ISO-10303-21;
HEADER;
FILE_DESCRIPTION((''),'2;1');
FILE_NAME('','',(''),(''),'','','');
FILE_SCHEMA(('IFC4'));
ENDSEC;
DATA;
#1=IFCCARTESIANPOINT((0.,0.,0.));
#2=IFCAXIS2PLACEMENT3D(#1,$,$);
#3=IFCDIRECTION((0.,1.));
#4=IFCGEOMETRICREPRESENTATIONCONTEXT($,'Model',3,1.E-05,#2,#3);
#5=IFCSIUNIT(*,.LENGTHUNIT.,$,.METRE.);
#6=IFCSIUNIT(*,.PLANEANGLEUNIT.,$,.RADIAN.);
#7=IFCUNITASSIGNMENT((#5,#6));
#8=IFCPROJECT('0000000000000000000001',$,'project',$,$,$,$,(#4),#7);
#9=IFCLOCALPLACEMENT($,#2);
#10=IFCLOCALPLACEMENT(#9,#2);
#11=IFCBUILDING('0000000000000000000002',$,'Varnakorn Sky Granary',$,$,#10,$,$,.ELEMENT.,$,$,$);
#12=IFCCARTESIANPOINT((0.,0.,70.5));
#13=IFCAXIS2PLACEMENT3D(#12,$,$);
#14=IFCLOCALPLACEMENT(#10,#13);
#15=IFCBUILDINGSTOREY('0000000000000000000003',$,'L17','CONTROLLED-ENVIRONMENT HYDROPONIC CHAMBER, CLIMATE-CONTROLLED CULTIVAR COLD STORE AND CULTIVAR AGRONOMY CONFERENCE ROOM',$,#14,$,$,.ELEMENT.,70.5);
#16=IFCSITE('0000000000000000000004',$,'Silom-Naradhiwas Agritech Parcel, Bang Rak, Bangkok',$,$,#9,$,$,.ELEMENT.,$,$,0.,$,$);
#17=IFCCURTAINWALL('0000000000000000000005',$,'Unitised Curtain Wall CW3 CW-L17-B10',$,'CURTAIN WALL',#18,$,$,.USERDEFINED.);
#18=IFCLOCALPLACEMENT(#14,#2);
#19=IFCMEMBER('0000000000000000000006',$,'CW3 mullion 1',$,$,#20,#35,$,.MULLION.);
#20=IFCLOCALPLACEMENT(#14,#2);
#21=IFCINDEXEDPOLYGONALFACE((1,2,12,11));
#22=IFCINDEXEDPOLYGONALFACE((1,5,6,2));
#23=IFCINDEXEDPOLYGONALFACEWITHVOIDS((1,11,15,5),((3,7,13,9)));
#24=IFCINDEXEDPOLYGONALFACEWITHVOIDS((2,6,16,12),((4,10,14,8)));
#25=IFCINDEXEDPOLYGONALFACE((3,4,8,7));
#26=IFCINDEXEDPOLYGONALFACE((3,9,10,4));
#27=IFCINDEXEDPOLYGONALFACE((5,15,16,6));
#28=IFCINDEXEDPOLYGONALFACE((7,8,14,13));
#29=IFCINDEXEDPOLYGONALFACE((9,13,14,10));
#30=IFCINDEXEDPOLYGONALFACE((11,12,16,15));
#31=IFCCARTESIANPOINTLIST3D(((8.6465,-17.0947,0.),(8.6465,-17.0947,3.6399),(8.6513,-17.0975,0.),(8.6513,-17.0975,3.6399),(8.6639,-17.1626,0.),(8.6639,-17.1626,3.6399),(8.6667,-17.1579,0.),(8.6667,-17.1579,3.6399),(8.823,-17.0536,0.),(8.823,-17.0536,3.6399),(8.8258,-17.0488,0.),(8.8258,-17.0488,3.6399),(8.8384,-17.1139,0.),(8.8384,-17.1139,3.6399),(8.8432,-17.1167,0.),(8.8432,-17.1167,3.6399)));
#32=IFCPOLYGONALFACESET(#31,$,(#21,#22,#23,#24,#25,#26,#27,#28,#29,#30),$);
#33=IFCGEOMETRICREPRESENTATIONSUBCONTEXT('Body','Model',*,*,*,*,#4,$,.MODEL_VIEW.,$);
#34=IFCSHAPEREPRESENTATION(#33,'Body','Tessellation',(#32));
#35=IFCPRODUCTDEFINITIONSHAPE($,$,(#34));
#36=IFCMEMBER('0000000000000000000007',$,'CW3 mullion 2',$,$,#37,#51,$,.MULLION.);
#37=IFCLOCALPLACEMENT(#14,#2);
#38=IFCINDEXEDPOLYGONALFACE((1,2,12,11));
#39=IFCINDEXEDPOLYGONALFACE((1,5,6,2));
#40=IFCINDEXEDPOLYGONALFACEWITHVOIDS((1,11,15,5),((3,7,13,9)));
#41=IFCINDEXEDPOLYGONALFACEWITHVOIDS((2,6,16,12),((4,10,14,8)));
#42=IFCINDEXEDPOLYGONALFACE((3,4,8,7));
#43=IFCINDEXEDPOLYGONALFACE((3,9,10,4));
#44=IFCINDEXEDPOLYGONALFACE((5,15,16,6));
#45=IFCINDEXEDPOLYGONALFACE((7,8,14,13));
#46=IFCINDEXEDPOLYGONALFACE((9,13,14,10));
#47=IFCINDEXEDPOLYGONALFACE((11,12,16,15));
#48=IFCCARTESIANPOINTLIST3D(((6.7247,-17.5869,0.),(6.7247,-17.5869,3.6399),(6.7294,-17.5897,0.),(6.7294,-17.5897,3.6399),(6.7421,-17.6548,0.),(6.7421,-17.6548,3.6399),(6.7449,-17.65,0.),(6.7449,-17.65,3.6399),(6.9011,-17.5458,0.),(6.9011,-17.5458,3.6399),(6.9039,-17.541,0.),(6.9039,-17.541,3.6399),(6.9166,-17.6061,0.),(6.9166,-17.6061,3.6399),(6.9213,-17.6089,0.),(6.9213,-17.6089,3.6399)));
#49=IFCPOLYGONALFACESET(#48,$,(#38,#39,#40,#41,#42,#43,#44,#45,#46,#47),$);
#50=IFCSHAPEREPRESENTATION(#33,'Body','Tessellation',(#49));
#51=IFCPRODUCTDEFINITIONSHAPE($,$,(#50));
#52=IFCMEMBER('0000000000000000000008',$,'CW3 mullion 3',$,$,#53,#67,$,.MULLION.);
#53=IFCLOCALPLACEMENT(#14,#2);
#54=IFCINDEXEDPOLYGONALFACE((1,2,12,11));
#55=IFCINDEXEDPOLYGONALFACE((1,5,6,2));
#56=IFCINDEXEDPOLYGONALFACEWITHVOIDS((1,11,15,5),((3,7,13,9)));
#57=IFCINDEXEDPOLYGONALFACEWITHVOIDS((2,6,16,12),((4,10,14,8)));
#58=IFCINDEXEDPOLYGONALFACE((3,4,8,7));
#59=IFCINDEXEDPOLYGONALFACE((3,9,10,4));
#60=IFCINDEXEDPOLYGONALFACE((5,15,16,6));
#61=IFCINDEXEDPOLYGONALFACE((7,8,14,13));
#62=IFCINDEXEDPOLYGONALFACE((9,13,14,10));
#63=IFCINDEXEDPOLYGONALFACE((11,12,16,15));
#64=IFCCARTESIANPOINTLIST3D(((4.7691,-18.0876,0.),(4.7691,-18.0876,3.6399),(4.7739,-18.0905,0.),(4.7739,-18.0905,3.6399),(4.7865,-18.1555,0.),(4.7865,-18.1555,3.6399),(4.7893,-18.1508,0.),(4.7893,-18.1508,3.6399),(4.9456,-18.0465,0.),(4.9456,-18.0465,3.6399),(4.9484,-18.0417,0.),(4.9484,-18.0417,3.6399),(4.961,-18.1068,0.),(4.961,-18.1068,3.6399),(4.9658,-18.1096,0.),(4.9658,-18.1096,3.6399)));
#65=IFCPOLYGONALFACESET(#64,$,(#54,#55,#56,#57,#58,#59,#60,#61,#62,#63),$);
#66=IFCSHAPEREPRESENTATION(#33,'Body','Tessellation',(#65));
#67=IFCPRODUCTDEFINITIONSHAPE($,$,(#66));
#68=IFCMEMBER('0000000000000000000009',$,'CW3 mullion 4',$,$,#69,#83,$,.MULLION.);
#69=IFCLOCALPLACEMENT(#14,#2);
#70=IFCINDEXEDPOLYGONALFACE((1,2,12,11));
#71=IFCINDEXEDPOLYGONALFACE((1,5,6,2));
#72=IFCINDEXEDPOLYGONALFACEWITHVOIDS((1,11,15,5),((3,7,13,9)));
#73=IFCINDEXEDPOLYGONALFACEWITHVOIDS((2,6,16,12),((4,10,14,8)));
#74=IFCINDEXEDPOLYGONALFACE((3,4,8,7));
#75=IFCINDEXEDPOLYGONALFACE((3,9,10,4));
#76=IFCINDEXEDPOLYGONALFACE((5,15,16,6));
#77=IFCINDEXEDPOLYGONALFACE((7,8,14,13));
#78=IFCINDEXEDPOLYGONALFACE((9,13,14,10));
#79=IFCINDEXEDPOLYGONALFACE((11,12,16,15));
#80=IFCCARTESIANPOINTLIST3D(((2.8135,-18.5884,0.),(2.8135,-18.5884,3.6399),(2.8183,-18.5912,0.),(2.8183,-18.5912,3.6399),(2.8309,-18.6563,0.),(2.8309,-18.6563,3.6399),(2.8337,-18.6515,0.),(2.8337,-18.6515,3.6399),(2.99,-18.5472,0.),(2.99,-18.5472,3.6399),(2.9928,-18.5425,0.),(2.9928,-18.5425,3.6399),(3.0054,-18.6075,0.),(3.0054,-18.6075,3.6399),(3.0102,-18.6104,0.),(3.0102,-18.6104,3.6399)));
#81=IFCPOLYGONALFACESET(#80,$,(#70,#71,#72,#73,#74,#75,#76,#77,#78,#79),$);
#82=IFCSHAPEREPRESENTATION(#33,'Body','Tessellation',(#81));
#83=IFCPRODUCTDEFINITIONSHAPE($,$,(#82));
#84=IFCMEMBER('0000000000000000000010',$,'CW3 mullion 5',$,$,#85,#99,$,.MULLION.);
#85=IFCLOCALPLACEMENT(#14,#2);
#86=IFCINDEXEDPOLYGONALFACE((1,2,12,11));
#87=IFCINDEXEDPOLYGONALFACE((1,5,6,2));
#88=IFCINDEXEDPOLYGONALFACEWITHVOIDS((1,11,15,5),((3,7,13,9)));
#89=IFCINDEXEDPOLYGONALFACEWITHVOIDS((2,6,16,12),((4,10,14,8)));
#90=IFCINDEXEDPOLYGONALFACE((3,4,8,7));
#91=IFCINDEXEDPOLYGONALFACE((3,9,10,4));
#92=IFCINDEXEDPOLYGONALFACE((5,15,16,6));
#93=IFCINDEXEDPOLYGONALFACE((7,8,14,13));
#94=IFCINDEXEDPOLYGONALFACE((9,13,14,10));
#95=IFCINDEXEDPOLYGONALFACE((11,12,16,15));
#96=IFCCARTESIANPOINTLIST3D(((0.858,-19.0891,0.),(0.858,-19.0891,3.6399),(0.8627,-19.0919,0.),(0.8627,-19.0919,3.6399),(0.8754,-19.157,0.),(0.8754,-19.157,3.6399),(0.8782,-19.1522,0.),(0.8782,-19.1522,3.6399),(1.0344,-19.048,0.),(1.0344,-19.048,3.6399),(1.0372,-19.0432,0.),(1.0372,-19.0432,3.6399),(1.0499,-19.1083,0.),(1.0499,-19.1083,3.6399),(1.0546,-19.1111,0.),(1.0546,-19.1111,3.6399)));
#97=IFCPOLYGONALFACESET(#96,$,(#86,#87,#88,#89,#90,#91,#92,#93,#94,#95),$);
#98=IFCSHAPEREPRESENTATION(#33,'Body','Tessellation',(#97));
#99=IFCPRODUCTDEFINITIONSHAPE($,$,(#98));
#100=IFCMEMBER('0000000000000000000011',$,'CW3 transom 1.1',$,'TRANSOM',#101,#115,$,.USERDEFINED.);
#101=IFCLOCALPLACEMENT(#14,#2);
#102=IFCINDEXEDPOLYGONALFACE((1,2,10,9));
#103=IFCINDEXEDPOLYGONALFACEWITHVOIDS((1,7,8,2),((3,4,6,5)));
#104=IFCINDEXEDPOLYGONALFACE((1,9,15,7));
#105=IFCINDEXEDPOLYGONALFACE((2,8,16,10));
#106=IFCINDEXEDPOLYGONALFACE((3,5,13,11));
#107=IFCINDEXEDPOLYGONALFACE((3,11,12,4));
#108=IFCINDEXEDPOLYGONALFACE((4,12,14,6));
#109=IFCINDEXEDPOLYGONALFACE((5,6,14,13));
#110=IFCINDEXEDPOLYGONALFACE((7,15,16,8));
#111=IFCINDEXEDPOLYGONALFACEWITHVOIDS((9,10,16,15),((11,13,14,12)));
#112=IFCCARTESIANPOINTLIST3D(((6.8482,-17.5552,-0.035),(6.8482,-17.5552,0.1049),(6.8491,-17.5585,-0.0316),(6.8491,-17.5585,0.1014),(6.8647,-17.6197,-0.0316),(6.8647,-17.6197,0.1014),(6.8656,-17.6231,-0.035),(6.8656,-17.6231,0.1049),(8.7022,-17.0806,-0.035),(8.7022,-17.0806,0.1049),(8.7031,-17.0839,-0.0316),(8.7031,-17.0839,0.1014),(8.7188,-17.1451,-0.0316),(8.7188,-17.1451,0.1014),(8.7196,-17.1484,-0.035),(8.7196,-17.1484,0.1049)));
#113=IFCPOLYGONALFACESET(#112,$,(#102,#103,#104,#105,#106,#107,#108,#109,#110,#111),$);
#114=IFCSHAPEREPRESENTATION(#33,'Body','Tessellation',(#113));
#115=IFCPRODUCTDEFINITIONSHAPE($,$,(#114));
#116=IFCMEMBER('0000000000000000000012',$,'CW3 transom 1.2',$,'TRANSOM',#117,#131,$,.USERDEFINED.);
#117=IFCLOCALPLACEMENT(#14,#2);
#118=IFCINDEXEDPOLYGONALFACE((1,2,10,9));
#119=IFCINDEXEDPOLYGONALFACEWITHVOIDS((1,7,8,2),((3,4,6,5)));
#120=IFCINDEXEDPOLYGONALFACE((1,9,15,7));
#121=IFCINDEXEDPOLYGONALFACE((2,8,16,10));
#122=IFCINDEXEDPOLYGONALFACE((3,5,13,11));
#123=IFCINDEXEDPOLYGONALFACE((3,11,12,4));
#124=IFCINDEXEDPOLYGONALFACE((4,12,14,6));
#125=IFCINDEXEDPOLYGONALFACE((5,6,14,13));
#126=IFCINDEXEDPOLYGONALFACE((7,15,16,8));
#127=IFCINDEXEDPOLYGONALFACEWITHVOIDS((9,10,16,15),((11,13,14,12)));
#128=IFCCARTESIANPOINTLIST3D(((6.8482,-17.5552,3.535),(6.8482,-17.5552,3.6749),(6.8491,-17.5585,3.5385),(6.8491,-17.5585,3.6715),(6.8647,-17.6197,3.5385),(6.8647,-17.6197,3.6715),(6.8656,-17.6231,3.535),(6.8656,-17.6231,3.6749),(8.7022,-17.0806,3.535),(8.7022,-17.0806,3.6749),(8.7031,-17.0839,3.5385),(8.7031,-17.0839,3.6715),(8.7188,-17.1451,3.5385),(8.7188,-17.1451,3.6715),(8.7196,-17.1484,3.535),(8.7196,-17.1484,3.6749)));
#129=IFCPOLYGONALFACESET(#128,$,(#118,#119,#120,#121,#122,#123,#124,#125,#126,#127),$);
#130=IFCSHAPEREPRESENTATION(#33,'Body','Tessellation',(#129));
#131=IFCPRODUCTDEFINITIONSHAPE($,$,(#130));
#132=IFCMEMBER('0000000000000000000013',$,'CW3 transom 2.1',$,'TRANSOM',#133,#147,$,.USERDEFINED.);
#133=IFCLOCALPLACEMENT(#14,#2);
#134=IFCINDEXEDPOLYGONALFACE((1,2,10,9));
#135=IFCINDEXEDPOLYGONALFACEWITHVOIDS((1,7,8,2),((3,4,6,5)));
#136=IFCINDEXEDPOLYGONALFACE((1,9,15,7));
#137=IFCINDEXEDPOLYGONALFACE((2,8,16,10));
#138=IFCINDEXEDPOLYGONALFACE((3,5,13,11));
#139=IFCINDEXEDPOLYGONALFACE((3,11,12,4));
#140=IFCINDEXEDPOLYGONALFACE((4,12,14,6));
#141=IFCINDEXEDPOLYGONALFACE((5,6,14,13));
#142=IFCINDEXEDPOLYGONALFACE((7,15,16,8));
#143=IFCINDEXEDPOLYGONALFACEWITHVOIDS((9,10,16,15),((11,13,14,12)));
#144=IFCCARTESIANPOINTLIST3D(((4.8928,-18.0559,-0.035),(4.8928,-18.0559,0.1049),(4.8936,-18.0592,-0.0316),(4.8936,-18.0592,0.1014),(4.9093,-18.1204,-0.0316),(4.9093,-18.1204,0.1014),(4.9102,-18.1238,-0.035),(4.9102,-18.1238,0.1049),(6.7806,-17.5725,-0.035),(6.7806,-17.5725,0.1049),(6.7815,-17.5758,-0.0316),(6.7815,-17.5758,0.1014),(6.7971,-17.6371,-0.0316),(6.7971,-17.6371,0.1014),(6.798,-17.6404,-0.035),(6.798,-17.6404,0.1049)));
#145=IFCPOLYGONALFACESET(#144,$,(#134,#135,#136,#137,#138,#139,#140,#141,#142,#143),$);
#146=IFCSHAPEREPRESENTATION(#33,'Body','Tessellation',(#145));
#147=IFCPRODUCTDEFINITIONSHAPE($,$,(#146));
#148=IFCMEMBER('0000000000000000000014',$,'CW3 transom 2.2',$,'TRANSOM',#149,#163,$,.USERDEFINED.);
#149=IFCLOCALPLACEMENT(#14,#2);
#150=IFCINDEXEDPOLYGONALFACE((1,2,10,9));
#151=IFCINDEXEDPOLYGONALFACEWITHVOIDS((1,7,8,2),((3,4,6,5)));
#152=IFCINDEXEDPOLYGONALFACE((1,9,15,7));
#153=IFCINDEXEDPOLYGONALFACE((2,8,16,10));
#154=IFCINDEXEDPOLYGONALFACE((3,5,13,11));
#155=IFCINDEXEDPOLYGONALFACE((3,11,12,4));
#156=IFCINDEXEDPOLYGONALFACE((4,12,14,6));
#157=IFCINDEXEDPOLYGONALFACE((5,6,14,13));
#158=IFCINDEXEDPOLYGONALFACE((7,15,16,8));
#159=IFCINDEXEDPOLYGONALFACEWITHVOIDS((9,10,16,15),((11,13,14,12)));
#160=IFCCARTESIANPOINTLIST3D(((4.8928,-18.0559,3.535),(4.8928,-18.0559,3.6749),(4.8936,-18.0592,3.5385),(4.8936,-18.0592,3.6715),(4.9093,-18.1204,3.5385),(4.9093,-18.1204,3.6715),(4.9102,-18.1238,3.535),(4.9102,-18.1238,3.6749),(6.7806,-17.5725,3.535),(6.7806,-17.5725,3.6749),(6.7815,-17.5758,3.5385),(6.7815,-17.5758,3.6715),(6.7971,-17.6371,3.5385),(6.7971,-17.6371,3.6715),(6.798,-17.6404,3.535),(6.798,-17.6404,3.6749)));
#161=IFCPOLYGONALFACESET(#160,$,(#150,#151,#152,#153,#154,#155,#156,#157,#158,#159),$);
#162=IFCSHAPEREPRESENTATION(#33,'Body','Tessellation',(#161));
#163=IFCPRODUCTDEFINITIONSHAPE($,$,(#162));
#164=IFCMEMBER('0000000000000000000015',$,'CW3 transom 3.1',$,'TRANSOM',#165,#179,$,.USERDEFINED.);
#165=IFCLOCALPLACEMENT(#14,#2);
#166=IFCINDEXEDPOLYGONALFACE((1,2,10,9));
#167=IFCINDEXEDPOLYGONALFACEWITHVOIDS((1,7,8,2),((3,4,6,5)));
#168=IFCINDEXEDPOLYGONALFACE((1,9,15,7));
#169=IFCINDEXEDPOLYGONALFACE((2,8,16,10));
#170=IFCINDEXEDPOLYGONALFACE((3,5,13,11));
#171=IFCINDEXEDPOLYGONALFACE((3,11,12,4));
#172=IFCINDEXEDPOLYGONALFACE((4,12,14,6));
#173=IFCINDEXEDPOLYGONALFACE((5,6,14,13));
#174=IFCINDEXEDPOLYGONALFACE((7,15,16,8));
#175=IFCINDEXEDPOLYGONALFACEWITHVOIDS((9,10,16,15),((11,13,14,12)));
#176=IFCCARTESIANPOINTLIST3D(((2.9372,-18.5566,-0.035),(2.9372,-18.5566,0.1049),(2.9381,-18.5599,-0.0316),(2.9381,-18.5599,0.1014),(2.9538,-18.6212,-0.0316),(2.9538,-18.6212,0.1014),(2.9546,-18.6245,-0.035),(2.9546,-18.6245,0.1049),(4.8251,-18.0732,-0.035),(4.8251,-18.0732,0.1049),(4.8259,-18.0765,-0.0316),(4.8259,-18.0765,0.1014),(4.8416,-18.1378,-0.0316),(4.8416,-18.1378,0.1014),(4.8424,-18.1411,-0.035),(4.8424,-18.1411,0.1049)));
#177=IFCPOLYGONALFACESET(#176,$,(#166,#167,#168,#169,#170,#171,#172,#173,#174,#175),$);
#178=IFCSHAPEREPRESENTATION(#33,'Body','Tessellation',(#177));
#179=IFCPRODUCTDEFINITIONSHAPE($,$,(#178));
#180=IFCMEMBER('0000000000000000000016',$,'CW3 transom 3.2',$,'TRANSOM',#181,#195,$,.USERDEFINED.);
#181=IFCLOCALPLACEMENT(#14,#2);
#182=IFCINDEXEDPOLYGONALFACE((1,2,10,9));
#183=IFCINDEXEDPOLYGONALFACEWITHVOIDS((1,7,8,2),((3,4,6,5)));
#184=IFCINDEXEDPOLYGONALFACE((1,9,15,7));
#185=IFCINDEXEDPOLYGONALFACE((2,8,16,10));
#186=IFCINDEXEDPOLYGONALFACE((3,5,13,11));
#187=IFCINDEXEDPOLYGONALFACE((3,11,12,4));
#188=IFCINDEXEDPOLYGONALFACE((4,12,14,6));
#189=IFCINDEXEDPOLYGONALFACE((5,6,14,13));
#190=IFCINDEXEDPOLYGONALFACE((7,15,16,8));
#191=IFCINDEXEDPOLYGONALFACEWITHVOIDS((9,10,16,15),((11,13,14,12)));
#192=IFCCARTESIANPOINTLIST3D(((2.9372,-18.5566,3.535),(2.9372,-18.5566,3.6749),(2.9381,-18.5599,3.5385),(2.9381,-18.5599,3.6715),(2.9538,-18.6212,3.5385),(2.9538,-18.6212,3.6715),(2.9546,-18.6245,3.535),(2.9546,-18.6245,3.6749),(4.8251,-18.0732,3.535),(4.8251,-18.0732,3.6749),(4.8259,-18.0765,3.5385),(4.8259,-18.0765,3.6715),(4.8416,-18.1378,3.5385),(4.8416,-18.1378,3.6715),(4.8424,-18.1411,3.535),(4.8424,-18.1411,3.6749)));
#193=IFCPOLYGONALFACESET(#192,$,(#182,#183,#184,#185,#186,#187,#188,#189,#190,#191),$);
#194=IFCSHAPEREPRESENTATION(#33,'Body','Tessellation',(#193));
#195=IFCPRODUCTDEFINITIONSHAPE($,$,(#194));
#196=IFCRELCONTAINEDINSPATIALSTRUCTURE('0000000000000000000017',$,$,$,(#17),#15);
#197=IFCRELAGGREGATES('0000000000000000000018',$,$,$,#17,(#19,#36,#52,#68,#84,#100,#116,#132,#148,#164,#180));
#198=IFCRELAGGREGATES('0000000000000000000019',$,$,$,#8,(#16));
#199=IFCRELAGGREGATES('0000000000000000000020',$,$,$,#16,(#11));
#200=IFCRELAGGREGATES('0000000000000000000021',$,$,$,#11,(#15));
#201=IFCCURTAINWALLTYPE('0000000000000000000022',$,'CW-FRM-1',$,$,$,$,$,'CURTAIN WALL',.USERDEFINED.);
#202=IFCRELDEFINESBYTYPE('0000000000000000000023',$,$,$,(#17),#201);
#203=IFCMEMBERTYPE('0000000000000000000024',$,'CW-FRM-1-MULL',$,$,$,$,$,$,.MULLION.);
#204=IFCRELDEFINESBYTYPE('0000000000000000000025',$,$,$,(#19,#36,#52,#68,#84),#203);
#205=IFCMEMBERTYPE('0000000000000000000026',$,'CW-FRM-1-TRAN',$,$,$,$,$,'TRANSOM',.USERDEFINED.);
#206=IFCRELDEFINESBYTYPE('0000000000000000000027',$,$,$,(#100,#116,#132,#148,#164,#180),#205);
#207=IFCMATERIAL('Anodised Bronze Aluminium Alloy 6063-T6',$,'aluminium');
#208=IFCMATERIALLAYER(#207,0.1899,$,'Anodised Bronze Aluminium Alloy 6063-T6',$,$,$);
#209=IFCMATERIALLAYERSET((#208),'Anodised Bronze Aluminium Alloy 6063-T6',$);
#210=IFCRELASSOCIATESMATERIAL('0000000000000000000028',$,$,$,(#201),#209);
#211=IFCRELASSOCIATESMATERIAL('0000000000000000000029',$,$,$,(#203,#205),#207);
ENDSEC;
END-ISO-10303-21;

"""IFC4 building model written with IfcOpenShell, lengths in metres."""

from ifc_helpers import new_model, si_unit, direction, frame, origin, origin_2d, place, context, subcontext, project, spatial, hollow_rectangle, extrude, material, layer, layer_set, material_profile, profile_set, type_object, element, aggregate, save


model = new_model("IFC4")

# Units and contexts
model_context = context("Model", 3, precision=1e-05, world=origin(), true_north=direction((0.0, 1.0)))
body_context = subcontext(model_context, "Body", "Model", "MODEL_VIEW")
ifc_project = project(units=[si_unit("LENGTHUNIT", "METRE"), si_unit("PLANEANGLEUNIT", "RADIAN")], contexts=[model_context])

# Site, building, storey
site_placement = place(None, origin())
site = spatial("IfcSite", under=ifc_project, at=site_placement, Name="Silom-Naradhiwas Agritech Parcel, Bang Rak, Bangkok", CompositionType="ELEMENT", RefElevation=0.0)
building_placement = place(site_placement, origin())
building = spatial("IfcBuilding", under=site, at=building_placement, Name="Varnakorn Sky Granary", CompositionType="ELEMENT")
storey_placement = place(building_placement, frame((0.0, 0.0, 70.5)))
storey = spatial("IfcBuildingStorey", under=building, at=storey_placement, Name="L17", Description="CONTROLLED-ENVIRONMENT HYDROPONIC CHAMBER, CLIMATE-CONTROLLED CULTIVAR COLD STORE AND CULTIVAR AGRONOMY CONFERENCE ROOM", CompositionType="ELEMENT", Elevation=70.5)

# Curtain wall, members
ifc_material_1 = material(Name="Anodised Bronze Aluminium Alloy 6063-T6", Category="aluminium")
ifc_layer_1 = layer(ifc_material_1, 0.1899, Name="Anodised Bronze Aluminium Alloy 6063-T6")
ifc_layer_set_1 = layer_set([ifc_layer_1], Name="Anodised Bronze Aluminium Alloy 6063-T6")
curtain_wall_type = type_object("IfcCurtainWallType", Name="CW-FRM-1", ElementType="CURTAIN WALL", PredefinedType="USERDEFINED", material=ifc_layer_set_1)
curtain_wall_placement = place(storey_placement, origin())
curtain_wall = element("IfcCurtainWall", 1, at=curtain_wall_placement, inside=storey, type_object=curtain_wall_type, Name="Unitised Curtain Wall CW3 CW-L17-B10", ObjectType="CURTAIN WALL", PredefinedType="USERDEFINED")
ifc_material_profile_1 = material_profile(ifc_material_1, hollow_rectangle(XDim=0.0701, YDim=0.1851, WallThickness=0.0039, at=origin_2d()), Name="ALU MULL 70x185")
ifc_profile_set_1 = profile_set([ifc_material_profile_1], Name="Anodised Bronze Aluminium Alloy 6063-T6")
member_type_1 = type_object("IfcMemberType", Name="CW-FRM-1-MULL", PredefinedType="MULLION", material=ifc_profile_set_1)
member_1_placement = place(storey_placement, frame((8.7449, -17.1057, 0.0), z_axis=(0.0, 0.0, 1.0), x_axis=(0.248054, -0.968746, 0.0)))
member_1 = element("IfcMember", 2, at=member_1_placement, type_object=member_type_1, Name="CW3 mullion 1", PredefinedType="MULLION", context=body_context, shape_type="SweptSolid", body=[
    extrude(hollow_rectangle(XDim=0.0701, YDim=0.1851, WallThickness=0.0039, at=origin_2d()), origin(), (0.0, 0.0, 1.0), 3.6399),
])
member_2_placement = place(storey_placement, frame((6.823, -17.5979, 0.0), z_axis=(0.0, 0.0, 1.0), x_axis=(0.248054, -0.968746, 0.0)))
member_2 = element("IfcMember", 3, at=member_2_placement, type_object=member_type_1, Name="CW3 mullion 2", PredefinedType="MULLION", context=body_context, shape_type="SweptSolid", body=[
    extrude(hollow_rectangle(XDim=0.0701, YDim=0.1851, WallThickness=0.0039, at=origin_2d()), origin(), (0.0, 0.0, 1.0), 3.6399),
])
member_3_placement = place(storey_placement, frame((4.8674, -18.0986, 0.0), z_axis=(0.0, 0.0, 1.0), x_axis=(0.248054, -0.968746, 0.0)))
member_3 = element("IfcMember", 4, at=member_3_placement, type_object=member_type_1, Name="CW3 mullion 3", PredefinedType="MULLION", context=body_context, shape_type="SweptSolid", body=[
    extrude(hollow_rectangle(XDim=0.0701, YDim=0.1851, WallThickness=0.0039, at=origin_2d()), origin(), (0.0, 0.0, 1.0), 3.6399),
])
member_4_placement = place(storey_placement, frame((2.9119, -18.5994, 0.0), z_axis=(0.0, 0.0, 1.0), x_axis=(0.248054, -0.968746, 0.0)))
member_4 = element("IfcMember", 5, at=member_4_placement, type_object=member_type_1, Name="CW3 mullion 4", PredefinedType="MULLION", context=body_context, shape_type="SweptSolid", body=[
    extrude(hollow_rectangle(XDim=0.0701, YDim=0.1851, WallThickness=0.0039, at=origin_2d()), origin(), (0.0, 0.0, 1.0), 3.6399),
])
member_5_placement = place(storey_placement, frame((0.9563, -19.1001, 0.0), z_axis=(0.0, 0.0, 1.0), x_axis=(0.248054, -0.968746, 0.0)))
member_5 = element("IfcMember", 6, at=member_5_placement, type_object=member_type_1, Name="CW3 mullion 5", PredefinedType="MULLION", context=body_context, shape_type="SweptSolid", body=[
    extrude(hollow_rectangle(XDim=0.0701, YDim=0.1851, WallThickness=0.0039, at=origin_2d()), origin(), (0.0, 0.0, 1.0), 3.6399),
])
ifc_material_profile_2 = material_profile(ifc_material_1, hollow_rectangle(XDim=0.0701, YDim=0.1399, WallThickness=0.0034, at=origin_2d()), Name="ALU TRAN 70x140")
ifc_profile_set_2 = profile_set([ifc_material_profile_2], Name="Anodised Bronze Aluminium Alloy 6063-T6")
member_type_2 = type_object("IfcMemberType", Name="CW-FRM-1-TRAN", ElementType="TRANSOM", PredefinedType="USERDEFINED", material=ifc_profile_set_2)
member_6_placement = place(storey_placement, frame((8.7109, -17.1145, 0.0349), z_axis=(-0.968761, -0.247995, 0.0), x_axis=(0.247995, -0.968761, 0.0)))
member_6 = element("IfcMember", 7, at=member_6_placement, type_object=member_type_2, Name="CW3 transom 1.1", ObjectType="TRANSOM", PredefinedType="USERDEFINED", context=body_context, shape_type="SweptSolid", body=[
    extrude(hollow_rectangle(XDim=0.0701, YDim=0.1399, WallThickness=0.0034, at=origin_2d()), origin(), (0.0, 0.0, 1.0), 1.9138),
])
member_7_placement = place(storey_placement, frame((8.7109, -17.1145, 3.605), z_axis=(-0.968761, -0.247995, 0.0), x_axis=(0.247995, -0.968761, 0.0)))
member_7 = element("IfcMember", 8, at=member_7_placement, type_object=member_type_2, Name="CW3 transom 1.2", ObjectType="TRANSOM", PredefinedType="USERDEFINED", context=body_context, shape_type="SweptSolid", body=[
    extrude(hollow_rectangle(XDim=0.0701, YDim=0.1399, WallThickness=0.0034, at=origin_2d()), origin(), (0.0, 0.0, 1.0), 1.9138),
])
member_8_placement = place(storey_placement, frame((6.7893, -17.6064, 0.0349), z_axis=(-0.968749, -0.248044, 0.0), x_axis=(0.248044, -0.968749, 0.0)))
member_8 = element("IfcMember", 9, at=member_8_placement, type_object=member_type_2, Name="CW3 transom 2.1", ObjectType="TRANSOM", PredefinedType="USERDEFINED", context=body_context, shape_type="SweptSolid", body=[
    extrude(hollow_rectangle(XDim=0.0701, YDim=0.1399, WallThickness=0.0034, at=origin_2d()), origin(), (0.0, 0.0, 1.0), 1.9487),
])
member_9_placement = place(storey_placement, frame((6.7893, -17.6064, 3.605), z_axis=(-0.968749, -0.248044, 0.0), x_axis=(0.248044, -0.968749, 0.0)))
member_9 = element("IfcMember", 10, at=member_9_placement, type_object=member_type_2, Name="CW3 transom 2.2", ObjectType="TRANSOM", PredefinedType="USERDEFINED", context=body_context, shape_type="SweptSolid", body=[
    extrude(hollow_rectangle(XDim=0.0701, YDim=0.1399, WallThickness=0.0034, at=origin_2d()), origin(), (0.0, 0.0, 1.0), 1.9487),
])
member_10_placement = place(storey_placement, frame((4.8337, -18.1072, 0.0349), z_axis=(-0.968749, -0.248044, 0.0), x_axis=(0.248044, -0.968749, 0.0)))
member_10 = element("IfcMember", 11, at=member_10_placement, type_object=member_type_2, Name="CW3 transom 3.1", ObjectType="TRANSOM", PredefinedType="USERDEFINED", context=body_context, shape_type="SweptSolid", body=[
    extrude(hollow_rectangle(XDim=0.0701, YDim=0.1399, WallThickness=0.0034, at=origin_2d()), origin(), (0.0, 0.0, 1.0), 1.9487),
])
member_11_placement = place(storey_placement, frame((4.8337, -18.1072, 3.605), z_axis=(-0.968749, -0.248044, 0.0), x_axis=(0.248044, -0.968749, 0.0)))
member_11 = element("IfcMember", 12, at=member_11_placement, type_object=member_type_2, Name="CW3 transom 3.2", ObjectType="TRANSOM", PredefinedType="USERDEFINED", context=body_context, shape_type="SweptSolid", body=[
    extrude(hollow_rectangle(XDim=0.0701, YDim=0.1399, WallThickness=0.0034, at=origin_2d()), origin(), (0.0, 0.0, 1.0), 1.9487),
])

aggregate(curtain_wall, [member_1, member_2, member_3, member_4, member_5, member_6, member_7, member_8, member_9, member_10, member_11])

save(model, "model.ifc")
